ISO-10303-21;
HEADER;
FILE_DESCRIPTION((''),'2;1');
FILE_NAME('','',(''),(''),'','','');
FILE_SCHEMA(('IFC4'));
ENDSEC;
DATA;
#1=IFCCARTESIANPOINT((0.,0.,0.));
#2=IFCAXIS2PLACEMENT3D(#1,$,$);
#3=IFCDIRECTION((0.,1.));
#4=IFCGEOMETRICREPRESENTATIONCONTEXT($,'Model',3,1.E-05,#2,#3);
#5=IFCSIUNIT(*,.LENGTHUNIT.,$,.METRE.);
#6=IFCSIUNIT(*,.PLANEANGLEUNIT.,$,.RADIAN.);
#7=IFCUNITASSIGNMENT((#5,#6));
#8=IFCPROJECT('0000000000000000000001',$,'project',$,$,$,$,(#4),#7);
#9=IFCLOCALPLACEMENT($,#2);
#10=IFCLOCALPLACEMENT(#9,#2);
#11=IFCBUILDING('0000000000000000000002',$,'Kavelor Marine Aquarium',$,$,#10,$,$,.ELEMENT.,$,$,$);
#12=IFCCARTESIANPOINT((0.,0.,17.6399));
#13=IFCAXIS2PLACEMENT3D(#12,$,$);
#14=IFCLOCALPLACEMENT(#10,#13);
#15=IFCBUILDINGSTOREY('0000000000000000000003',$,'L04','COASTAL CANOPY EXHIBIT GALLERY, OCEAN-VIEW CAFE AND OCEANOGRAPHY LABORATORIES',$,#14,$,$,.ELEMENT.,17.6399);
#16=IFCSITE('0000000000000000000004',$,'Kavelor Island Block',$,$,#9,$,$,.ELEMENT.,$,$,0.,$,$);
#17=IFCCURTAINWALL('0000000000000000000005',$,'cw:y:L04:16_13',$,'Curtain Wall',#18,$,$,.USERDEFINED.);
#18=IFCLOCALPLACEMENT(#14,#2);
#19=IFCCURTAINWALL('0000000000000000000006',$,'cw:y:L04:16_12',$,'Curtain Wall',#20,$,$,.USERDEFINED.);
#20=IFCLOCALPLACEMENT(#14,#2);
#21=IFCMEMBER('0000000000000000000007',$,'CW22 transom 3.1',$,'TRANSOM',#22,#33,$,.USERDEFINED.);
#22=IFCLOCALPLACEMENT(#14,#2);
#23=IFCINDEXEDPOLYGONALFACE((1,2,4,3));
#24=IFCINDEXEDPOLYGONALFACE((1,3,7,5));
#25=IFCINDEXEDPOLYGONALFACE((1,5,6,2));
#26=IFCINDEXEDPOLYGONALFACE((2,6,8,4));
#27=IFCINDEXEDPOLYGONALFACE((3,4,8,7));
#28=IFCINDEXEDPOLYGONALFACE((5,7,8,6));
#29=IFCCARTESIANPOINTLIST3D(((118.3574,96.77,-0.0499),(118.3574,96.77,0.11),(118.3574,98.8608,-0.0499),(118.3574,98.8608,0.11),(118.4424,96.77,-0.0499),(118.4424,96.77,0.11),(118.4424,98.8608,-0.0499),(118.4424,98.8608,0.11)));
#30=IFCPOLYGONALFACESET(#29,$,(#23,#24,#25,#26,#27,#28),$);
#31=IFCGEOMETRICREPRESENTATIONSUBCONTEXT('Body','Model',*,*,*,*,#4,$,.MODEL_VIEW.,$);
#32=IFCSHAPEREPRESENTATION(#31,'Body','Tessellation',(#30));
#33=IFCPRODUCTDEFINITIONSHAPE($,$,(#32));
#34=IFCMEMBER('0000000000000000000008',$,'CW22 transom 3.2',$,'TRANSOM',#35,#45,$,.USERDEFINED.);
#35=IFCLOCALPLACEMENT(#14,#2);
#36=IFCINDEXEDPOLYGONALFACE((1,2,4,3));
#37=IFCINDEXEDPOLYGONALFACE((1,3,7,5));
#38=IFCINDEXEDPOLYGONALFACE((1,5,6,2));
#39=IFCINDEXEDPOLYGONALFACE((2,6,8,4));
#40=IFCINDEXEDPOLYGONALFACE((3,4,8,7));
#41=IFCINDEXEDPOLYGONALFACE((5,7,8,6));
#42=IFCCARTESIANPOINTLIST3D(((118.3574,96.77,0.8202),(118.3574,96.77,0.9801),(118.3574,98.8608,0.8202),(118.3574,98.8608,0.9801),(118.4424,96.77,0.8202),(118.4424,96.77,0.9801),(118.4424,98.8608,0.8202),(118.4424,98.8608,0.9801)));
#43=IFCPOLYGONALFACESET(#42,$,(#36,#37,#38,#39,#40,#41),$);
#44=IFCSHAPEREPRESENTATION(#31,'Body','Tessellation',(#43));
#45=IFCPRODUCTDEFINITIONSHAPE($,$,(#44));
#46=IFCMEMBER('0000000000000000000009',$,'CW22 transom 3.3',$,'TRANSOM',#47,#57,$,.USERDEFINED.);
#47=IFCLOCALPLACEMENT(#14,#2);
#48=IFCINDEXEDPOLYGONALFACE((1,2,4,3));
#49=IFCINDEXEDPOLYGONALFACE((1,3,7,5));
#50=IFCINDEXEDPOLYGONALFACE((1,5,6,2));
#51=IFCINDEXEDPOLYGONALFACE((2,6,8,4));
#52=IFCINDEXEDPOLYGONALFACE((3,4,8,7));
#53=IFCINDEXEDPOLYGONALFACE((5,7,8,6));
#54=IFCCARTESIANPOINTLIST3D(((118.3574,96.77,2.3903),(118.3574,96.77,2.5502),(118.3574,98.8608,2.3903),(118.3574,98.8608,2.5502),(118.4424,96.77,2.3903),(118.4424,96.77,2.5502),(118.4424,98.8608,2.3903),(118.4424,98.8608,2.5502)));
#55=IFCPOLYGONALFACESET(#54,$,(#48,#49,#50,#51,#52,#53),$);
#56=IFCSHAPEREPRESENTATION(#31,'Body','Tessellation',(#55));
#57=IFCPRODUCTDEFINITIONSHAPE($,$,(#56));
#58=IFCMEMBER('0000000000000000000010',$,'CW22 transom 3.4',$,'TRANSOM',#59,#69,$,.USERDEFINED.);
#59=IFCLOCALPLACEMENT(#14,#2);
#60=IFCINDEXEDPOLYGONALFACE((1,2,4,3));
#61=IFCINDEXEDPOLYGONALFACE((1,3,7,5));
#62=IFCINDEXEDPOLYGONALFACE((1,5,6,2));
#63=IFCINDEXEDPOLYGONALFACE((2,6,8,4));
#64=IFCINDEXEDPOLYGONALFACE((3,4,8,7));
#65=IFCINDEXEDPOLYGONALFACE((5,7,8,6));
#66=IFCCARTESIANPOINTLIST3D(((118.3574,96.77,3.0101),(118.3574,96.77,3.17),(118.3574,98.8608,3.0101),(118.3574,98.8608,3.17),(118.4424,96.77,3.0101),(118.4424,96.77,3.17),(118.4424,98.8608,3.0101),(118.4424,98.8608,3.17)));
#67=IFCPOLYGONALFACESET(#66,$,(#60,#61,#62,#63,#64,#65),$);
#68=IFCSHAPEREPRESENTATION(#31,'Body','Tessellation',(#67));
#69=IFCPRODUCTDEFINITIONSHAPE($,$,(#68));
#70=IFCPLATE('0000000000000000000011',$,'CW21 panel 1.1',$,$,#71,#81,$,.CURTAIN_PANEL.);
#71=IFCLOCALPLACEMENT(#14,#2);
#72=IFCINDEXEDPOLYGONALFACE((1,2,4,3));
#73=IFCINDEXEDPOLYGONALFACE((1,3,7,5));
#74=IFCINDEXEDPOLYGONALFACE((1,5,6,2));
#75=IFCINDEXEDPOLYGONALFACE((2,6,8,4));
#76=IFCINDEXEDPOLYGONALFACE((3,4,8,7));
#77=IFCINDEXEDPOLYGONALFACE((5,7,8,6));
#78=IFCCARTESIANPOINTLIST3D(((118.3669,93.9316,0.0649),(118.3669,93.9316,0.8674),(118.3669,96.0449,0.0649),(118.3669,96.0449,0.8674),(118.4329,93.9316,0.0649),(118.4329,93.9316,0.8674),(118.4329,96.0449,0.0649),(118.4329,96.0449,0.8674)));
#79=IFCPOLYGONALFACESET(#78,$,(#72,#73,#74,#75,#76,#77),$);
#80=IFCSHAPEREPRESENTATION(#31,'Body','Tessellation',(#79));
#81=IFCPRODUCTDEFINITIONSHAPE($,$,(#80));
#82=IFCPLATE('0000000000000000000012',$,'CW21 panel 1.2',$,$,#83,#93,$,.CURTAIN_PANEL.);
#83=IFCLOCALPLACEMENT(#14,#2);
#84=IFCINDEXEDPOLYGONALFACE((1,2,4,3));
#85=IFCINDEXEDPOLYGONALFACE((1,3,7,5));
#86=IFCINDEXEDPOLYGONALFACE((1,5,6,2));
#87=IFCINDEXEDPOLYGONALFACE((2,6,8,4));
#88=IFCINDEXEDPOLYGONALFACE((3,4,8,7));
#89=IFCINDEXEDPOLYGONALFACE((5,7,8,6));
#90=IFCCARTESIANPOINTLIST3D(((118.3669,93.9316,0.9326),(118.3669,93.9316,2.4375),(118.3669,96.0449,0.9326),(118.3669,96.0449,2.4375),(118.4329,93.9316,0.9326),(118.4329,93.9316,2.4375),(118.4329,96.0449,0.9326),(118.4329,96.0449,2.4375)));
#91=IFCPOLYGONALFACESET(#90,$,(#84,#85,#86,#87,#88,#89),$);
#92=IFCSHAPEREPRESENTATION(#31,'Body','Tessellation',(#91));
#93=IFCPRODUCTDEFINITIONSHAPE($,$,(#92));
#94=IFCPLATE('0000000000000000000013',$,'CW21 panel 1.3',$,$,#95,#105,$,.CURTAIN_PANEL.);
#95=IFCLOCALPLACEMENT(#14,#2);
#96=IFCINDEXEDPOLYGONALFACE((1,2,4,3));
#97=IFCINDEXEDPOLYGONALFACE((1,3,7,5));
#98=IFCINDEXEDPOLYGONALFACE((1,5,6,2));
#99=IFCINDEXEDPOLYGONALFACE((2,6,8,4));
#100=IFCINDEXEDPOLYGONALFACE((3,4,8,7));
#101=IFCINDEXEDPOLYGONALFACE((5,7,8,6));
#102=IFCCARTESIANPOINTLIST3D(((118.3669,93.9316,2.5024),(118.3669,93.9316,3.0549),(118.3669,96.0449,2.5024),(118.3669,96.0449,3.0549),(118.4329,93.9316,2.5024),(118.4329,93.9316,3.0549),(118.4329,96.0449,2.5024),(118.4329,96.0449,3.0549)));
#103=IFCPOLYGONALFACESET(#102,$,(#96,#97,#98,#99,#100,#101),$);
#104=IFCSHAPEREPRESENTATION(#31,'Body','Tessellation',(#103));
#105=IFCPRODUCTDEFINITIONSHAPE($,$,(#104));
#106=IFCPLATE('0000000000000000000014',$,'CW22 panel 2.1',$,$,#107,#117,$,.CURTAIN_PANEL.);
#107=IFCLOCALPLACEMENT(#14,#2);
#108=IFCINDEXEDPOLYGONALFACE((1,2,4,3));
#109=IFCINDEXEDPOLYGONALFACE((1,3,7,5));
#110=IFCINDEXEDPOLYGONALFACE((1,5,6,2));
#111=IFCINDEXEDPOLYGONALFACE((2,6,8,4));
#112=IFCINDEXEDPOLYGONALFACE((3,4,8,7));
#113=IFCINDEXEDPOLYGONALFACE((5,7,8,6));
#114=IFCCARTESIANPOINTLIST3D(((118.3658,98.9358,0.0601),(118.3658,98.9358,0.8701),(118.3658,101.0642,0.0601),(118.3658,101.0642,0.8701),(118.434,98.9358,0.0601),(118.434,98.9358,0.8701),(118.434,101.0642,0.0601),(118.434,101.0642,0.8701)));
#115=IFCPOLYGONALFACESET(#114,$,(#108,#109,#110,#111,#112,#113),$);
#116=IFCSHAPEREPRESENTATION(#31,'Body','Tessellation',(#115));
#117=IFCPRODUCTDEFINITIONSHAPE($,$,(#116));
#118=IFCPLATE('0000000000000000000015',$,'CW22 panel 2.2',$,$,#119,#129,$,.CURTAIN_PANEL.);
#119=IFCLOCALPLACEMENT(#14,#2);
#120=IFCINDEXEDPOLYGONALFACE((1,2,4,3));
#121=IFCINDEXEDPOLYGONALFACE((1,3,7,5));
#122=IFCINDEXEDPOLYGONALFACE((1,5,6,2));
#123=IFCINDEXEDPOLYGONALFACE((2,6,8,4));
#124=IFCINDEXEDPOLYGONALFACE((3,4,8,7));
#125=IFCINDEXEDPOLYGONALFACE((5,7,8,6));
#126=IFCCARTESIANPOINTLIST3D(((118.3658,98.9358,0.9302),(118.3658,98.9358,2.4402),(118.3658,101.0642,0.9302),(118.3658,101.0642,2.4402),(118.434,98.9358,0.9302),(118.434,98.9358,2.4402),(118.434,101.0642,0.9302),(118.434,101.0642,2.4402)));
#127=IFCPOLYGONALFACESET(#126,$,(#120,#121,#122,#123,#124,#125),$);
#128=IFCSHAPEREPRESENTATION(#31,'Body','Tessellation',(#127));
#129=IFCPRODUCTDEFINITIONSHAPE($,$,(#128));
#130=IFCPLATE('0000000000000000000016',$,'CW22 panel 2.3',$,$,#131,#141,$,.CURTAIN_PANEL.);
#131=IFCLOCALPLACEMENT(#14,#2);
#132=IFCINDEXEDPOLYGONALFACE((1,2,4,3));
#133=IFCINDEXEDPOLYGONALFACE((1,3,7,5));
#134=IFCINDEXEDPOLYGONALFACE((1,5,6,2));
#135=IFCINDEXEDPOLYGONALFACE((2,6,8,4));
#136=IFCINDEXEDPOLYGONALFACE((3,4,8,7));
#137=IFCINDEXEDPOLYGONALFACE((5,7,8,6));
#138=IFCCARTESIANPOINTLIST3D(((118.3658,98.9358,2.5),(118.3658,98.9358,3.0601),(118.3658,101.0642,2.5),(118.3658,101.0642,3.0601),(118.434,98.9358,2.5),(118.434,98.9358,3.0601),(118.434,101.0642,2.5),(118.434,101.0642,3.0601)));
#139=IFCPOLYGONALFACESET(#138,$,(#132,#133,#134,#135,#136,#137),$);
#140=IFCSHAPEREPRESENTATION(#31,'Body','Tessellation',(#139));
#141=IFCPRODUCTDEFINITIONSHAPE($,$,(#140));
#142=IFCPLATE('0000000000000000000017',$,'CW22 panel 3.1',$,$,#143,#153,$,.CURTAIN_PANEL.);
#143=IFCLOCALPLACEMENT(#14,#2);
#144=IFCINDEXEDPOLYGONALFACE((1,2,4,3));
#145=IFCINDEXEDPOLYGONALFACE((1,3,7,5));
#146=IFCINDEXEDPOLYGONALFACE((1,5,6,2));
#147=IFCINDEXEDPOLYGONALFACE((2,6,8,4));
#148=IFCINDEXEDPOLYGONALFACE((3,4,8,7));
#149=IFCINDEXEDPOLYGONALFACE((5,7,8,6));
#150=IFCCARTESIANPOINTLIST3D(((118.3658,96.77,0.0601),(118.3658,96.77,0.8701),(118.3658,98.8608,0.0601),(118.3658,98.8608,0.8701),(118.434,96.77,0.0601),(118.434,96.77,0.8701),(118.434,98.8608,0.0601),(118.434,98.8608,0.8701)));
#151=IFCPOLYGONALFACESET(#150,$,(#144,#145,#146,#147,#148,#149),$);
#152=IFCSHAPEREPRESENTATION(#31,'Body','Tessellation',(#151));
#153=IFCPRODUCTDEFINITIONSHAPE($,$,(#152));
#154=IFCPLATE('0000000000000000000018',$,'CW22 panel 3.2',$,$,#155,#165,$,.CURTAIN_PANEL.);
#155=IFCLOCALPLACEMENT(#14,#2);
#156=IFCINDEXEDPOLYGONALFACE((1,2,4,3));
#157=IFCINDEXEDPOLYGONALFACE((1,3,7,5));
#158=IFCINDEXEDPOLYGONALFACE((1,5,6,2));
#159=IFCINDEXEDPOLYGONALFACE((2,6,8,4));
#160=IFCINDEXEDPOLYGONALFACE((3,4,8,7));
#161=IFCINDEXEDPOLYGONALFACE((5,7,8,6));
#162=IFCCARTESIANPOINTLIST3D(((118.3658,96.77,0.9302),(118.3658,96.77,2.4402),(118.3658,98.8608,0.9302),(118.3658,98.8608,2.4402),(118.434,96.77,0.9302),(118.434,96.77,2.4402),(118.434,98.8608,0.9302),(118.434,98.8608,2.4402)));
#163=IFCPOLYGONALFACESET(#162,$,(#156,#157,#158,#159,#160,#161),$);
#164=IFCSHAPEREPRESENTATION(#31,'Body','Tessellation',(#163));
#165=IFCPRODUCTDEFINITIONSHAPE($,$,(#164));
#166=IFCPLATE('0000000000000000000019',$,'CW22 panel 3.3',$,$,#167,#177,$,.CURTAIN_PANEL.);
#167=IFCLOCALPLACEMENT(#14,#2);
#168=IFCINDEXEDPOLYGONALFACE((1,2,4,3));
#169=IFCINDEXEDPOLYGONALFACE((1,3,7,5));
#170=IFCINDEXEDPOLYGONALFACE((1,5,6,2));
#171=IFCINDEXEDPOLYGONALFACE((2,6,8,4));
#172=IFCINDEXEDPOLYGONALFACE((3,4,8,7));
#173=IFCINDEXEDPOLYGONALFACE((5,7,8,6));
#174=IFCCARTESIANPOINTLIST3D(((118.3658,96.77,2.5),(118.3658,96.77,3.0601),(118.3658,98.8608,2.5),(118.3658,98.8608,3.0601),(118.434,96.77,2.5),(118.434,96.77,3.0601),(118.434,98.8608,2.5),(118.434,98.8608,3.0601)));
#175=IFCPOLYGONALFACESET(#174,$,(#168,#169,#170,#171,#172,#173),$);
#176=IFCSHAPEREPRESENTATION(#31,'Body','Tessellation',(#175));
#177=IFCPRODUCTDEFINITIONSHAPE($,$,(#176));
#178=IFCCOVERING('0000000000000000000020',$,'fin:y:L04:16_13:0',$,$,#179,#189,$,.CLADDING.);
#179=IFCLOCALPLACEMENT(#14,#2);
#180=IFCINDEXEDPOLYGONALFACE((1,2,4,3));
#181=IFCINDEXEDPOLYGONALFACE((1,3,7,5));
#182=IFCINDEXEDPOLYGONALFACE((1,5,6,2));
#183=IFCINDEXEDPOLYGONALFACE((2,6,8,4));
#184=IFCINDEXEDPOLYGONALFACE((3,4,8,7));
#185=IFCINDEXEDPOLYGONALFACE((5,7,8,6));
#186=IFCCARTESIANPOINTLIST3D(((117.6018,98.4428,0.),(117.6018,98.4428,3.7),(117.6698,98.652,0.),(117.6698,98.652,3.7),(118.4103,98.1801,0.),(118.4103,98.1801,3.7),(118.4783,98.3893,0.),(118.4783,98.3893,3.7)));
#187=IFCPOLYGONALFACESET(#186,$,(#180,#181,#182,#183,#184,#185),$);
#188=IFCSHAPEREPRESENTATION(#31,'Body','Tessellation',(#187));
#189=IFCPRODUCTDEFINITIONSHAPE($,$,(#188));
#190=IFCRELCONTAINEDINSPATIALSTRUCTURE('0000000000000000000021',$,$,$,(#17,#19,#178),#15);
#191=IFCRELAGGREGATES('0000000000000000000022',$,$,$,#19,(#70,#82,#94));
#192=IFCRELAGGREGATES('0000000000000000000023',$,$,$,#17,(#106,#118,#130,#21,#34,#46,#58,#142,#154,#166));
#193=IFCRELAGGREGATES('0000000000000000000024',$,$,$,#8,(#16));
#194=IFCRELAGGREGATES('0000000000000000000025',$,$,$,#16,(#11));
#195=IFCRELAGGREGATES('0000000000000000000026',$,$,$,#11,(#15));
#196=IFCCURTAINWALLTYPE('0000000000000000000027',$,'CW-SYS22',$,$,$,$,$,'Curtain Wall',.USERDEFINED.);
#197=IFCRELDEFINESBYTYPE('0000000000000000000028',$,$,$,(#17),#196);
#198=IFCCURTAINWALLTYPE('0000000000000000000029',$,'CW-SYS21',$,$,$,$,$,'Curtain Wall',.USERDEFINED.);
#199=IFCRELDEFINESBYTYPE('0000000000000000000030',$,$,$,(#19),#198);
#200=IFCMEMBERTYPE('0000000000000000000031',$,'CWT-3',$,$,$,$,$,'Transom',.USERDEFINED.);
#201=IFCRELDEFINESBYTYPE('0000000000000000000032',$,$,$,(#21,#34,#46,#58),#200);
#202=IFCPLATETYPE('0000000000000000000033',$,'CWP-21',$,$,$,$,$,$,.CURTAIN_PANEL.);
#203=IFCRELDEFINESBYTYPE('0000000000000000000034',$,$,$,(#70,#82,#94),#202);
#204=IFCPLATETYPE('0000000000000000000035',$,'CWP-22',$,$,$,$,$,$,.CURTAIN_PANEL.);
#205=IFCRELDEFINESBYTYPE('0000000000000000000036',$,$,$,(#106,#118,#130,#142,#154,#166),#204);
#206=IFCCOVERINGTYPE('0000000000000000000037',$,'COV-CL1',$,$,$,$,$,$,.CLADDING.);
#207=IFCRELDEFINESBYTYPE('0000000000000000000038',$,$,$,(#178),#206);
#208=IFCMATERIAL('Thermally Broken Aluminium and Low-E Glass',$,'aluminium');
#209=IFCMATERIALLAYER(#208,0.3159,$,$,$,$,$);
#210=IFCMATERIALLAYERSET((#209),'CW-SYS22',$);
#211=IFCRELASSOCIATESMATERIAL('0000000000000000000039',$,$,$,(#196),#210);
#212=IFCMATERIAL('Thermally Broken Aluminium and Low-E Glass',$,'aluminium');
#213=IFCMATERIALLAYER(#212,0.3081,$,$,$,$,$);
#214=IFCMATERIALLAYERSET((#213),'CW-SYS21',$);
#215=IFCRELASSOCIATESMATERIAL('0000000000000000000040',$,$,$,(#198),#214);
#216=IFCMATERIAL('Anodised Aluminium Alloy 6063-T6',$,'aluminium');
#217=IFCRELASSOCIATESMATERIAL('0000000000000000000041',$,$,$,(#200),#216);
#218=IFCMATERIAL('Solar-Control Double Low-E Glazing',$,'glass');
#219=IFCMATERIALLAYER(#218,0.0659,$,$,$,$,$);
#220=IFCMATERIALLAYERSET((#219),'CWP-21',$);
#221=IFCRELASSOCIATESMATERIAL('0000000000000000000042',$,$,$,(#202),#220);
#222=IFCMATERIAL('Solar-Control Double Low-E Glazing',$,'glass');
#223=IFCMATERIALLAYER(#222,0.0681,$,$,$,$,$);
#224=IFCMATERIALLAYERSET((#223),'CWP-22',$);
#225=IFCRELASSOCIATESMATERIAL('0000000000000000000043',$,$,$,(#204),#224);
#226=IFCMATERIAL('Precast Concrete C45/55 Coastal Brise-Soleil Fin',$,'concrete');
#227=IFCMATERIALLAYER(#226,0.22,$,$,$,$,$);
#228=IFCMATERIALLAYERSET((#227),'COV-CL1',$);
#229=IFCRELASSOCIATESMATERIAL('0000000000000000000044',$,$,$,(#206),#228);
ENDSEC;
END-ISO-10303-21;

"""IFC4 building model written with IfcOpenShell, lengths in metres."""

from ifc_helpers import new_model, si_unit, direction, frame, origin, origin_2d, place, context, subcontext, project, spatial, rectangle, extrude, material, layer, layer_set, material_profile, profile_set, type_object, element, aggregate, save


model = new_model("IFC4")

# Units and contexts
model_context = context("Model", 3, precision=1e-05, world=origin(), true_north=direction((0.0, 1.0)))
body_context = subcontext(model_context, "Body", "Model", "MODEL_VIEW")
ifc_project = project(units=[si_unit("LENGTHUNIT", "METRE"), si_unit("PLANEANGLEUNIT", "RADIAN")], contexts=[model_context])

# Site, building, storey
site_placement = place(None, origin())
site = spatial("IfcSite", under=ifc_project, at=site_placement, Name="Kavelor Island Block", CompositionType="ELEMENT", RefElevation=0.0)
building_placement = place(site_placement, origin())
building = spatial("IfcBuilding", under=site, at=building_placement, Name="Kavelor Marine Aquarium", CompositionType="ELEMENT")
storey_placement = place(building_placement, frame((0.0, 0.0, 17.6399)))
storey = spatial("IfcBuildingStorey", under=building, at=storey_placement, Name="L04", Description="COASTAL CANOPY EXHIBIT GALLERY, OCEAN-VIEW CAFE AND OCEANOGRAPHY LABORATORIES", CompositionType="ELEMENT", Elevation=17.6399)

# Curtain walls
ifc_material_1 = material(Name="Thermally Broken Aluminium and Low-E Glass", Category="aluminium")
ifc_layer_1 = layer(ifc_material_1, 0.3159)
ifc_layer_set_1 = layer_set([ifc_layer_1], Name="CW-SYS22")
curtain_wall_type_1 = type_object("IfcCurtainWallType", Name="CW-SYS22", ElementType="Curtain Wall", PredefinedType="USERDEFINED", material=ifc_layer_set_1)
curtain_wall_1_placement = place(storey_placement, origin())
curtain_wall_1 = element("IfcCurtainWall", 1, at=curtain_wall_1_placement, inside=storey, type_object=curtain_wall_type_1, Name="cw:y:L04:16_13", ObjectType="Curtain Wall", PredefinedType="USERDEFINED")
ifc_material_2 = material(Name="Thermally Broken Aluminium and Low-E Glass", Category="aluminium")
ifc_layer_2 = layer(ifc_material_2, 0.3081)
ifc_layer_set_2 = layer_set([ifc_layer_2], Name="CW-SYS21")
curtain_wall_type_2 = type_object("IfcCurtainWallType", Name="CW-SYS21", ElementType="Curtain Wall", PredefinedType="USERDEFINED", material=ifc_layer_set_2)
curtain_wall_2_placement = place(storey_placement, origin())
curtain_wall_2 = element("IfcCurtainWall", 2, at=curtain_wall_2_placement, inside=storey, type_object=curtain_wall_type_2, Name="cw:y:L04:16_12", ObjectType="Curtain Wall", PredefinedType="USERDEFINED")

# Members
ifc_material_3 = material(Name="Anodised Aluminium Alloy 6063-T6", Category="aluminium")
ifc_material_profile_1 = material_profile(ifc_material_3, rectangle(XDim=0.085, YDim=0.1599, at=origin_2d()), Name="CW-TRN 85x160")
ifc_profile_set_1 = profile_set([ifc_material_profile_1], Name="Anodised Aluminium Alloy 6063-T6")
member_type_1 = type_object("IfcMemberType", Name="CWT-3", ElementType="Transom", PredefinedType="USERDEFINED", material=ifc_profile_set_1)
member_1_placement = place(storey_placement, frame((118.3999, 98.8608, 0.03), z_axis=(0.0, -1.0, 0.0), x_axis=(1.0, 0.0, 0.0)))
member_1 = element("IfcMember", 3, at=member_1_placement, type_object=member_type_1, Name="CW22 transom 3.1", ObjectType="TRANSOM", PredefinedType="USERDEFINED", context=body_context, shape_type="SweptSolid", body=[
    extrude(rectangle(XDim=0.085, YDim=0.1599, at=origin_2d()), origin(), (0.0, 0.0, 1.0), 2.0908),
])
member_2_placement = place(storey_placement, frame((118.3999, 98.8608, 0.9001), z_axis=(0.0, -1.0, 0.0), x_axis=(1.0, 0.0, 0.0)))
member_2 = element("IfcMember", 4, at=member_2_placement, type_object=member_type_1, Name="CW22 transom 3.2", ObjectType="TRANSOM", PredefinedType="USERDEFINED", context=body_context, shape_type="SweptSolid", body=[
    extrude(rectangle(XDim=0.085, YDim=0.1599, at=origin_2d()), origin(), (0.0, 0.0, 1.0), 2.0908),
])
member_3_placement = place(storey_placement, frame((118.3999, 98.8608, 2.4702), z_axis=(0.0, -1.0, 0.0), x_axis=(1.0, 0.0, 0.0)))
member_3 = element("IfcMember", 5, at=member_3_placement, type_object=member_type_1, Name="CW22 transom 3.3", ObjectType="TRANSOM", PredefinedType="USERDEFINED", context=body_context, shape_type="SweptSolid", body=[
    extrude(rectangle(XDim=0.085, YDim=0.1599, at=origin_2d()), origin(), (0.0, 0.0, 1.0), 2.0908),
])
member_4_placement = place(storey_placement, frame((118.3999, 98.8608, 3.0901), z_axis=(0.0, -1.0, 0.0), x_axis=(1.0, 0.0, 0.0)))
member_4 = element("IfcMember", 6, at=member_4_placement, type_object=member_type_1, Name="CW22 transom 3.4", ObjectType="TRANSOM", PredefinedType="USERDEFINED", context=body_context, shape_type="SweptSolid", body=[
    extrude(rectangle(XDim=0.085, YDim=0.1599, at=origin_2d()), origin(), (0.0, 0.0, 1.0), 2.0908),
])

# Plates
ifc_material_4 = material(Name="Solar-Control Double Low-E Glazing", Category="glass")
ifc_layer_3 = layer(ifc_material_4, 0.0659)
ifc_layer_set_3 = layer_set([ifc_layer_3], Name="CWP-21")
plate_type_1 = type_object("IfcPlateType", Name="CWP-21", PredefinedType="CURTAIN_PANEL", material=ifc_layer_set_3)
plate_1_placement = place(storey_placement, frame((118.3999, 94.9883, 0.0649), z_axis=(0.0, 0.0, 1.0), x_axis=(0.0, -1.0, 0.0)))
plate_1 = element("IfcPlate", 7, at=plate_1_placement, type_object=plate_type_1, Name="CW21 panel 1.1", PredefinedType="CURTAIN_PANEL", context=body_context, shape_type="SweptSolid", body=[
    extrude(rectangle(XDim=2.1133, YDim=0.0659, at=origin_2d()), origin(), (0.0, 0.0, 1.0), 0.8025),
])
plate_2_placement = place(storey_placement, frame((118.3999, 94.9883, 0.9326), z_axis=(0.0, 0.0, 1.0), x_axis=(0.0, -1.0, 0.0)))
plate_2 = element("IfcPlate", 8, at=plate_2_placement, type_object=plate_type_1, Name="CW21 panel 1.2", PredefinedType="CURTAIN_PANEL", context=body_context, shape_type="SweptSolid", body=[
    extrude(rectangle(XDim=2.1133, YDim=0.0659, at=origin_2d()), origin(), (0.0, 0.0, 1.0), 1.5049),
])
plate_3_placement = place(storey_placement, frame((118.3999, 94.9883, 2.5024), z_axis=(0.0, 0.0, 1.0), x_axis=(0.0, -1.0, 0.0)))
plate_3 = element("IfcPlate", 9, at=plate_3_placement, type_object=plate_type_1, Name="CW21 panel 1.3", PredefinedType="CURTAIN_PANEL", context=body_context, shape_type="SweptSolid", body=[
    extrude(rectangle(XDim=2.1133, YDim=0.0659, at=origin_2d()), origin(), (0.0, 0.0, 1.0), 0.5525),
])
aggregate(curtain_wall_2, [plate_1, plate_2, plate_3])
ifc_material_5 = material(Name="Solar-Control Double Low-E Glazing", Category="glass")
ifc_layer_4 = layer(ifc_material_5, 0.0681)
ifc_layer_set_4 = layer_set([ifc_layer_4], Name="CWP-22")
plate_type_2 = type_object("IfcPlateType", Name="CWP-22", PredefinedType="CURTAIN_PANEL", material=ifc_layer_set_4)
plate_4_placement = place(storey_placement, frame((118.3999, 100.0, 0.0601), z_axis=(0.0, 0.0, 1.0), x_axis=(0.0, -1.0, 0.0)))
plate_4 = element("IfcPlate", 10, at=plate_4_placement, type_object=plate_type_2, Name="CW22 panel 2.1", PredefinedType="CURTAIN_PANEL", context=body_context, shape_type="SweptSolid", body=[
    extrude(rectangle(XDim=2.1284, YDim=0.0681, at=origin_2d()), origin(), (0.0, 0.0, 1.0), 0.8101),
])
plate_5_placement = place(storey_placement, frame((118.3999, 100.0, 0.9302), z_axis=(0.0, 0.0, 1.0), x_axis=(0.0, -1.0, 0.0)))
plate_5 = element("IfcPlate", 11, at=plate_5_placement, type_object=plate_type_2, Name="CW22 panel 2.2", PredefinedType="CURTAIN_PANEL", context=body_context, shape_type="SweptSolid", body=[
    extrude(rectangle(XDim=2.1284, YDim=0.0681, at=origin_2d()), origin(), (0.0, 0.0, 1.0), 1.51),
])
plate_6_placement = place(storey_placement, frame((118.3999, 100.0, 2.5), z_axis=(0.0, 0.0, 1.0), x_axis=(0.0, -1.0, 0.0)))
plate_6 = element("IfcPlate", 12, at=plate_6_placement, type_object=plate_type_2, Name="CW22 panel 2.3", PredefinedType="CURTAIN_PANEL", context=body_context, shape_type="SweptSolid", body=[
    extrude(rectangle(XDim=2.1284, YDim=0.0681, at=origin_2d()), origin(), (0.0, 0.0, 1.0), 0.5601),
])
plate_7_placement = place(storey_placement, frame((118.3999, 97.8154, 0.0601), z_axis=(0.0, 0.0, 1.0), x_axis=(0.0, -1.0, 0.0)))
plate_7 = element("IfcPlate", 13, at=plate_7_placement, type_object=plate_type_2, Name="CW22 panel 3.1", PredefinedType="CURTAIN_PANEL", context=body_context, shape_type="SweptSolid", body=[
    extrude(rectangle(XDim=2.0908, YDim=0.0681, at=origin_2d()), origin(), (0.0, 0.0, 1.0), 0.8101),
])
plate_8_placement = place(storey_placement, frame((118.3999, 97.8154, 0.9302), z_axis=(0.0, 0.0, 1.0), x_axis=(0.0, -1.0, 0.0)))
plate_8 = element("IfcPlate", 14, at=plate_8_placement, type_object=plate_type_2, Name="CW22 panel 3.2", PredefinedType="CURTAIN_PANEL", context=body_context, shape_type="SweptSolid", body=[
    extrude(rectangle(XDim=2.0908, YDim=0.0681, at=origin_2d()), origin(), (0.0, 0.0, 1.0), 1.51),
])
plate_9_placement = place(storey_placement, frame((118.3999, 97.8154, 2.5), z_axis=(0.0, 0.0, 1.0), x_axis=(0.0, -1.0, 0.0)))
plate_9 = element("IfcPlate", 15, at=plate_9_placement, type_object=plate_type_2, Name="CW22 panel 3.3", PredefinedType="CURTAIN_PANEL", context=body_context, shape_type="SweptSolid", body=[
    extrude(rectangle(XDim=2.0908, YDim=0.0681, at=origin_2d()), origin(), (0.0, 0.0, 1.0), 0.5601),
])
aggregate(curtain_wall_1, [plate_4, plate_5, plate_6, member_1, member_2, member_3, member_4, plate_7, plate_8, plate_9])

# Covering
ifc_material_6 = material(Name="Precast Concrete C45/55 Coastal Brise-Soleil Fin", Category="concrete")
ifc_layer_5 = layer(ifc_material_6, 0.22)
ifc_layer_set_5 = layer_set([ifc_layer_5], Name="COV-CL1")
covering_type = type_object("IfcCoveringType", Name="COV-CL1", PredefinedType="CLADDING", material=ifc_layer_set_5)
for number, where, z_axis, x_axis, name in (
    (16, (118.04, 98.416, 0.0), (0.0, 0.0, 1.0), (0.951057, -0.309017, 0.0), "fin:y:L04:16_13:0"),
):
    element("IfcCovering", number, at=place(storey_placement, frame(where, z_axis=z_axis, x_axis=x_axis)), inside=storey, type_object=covering_type, Name=name, PredefinedType="CLADDING", context=body_context, shape_type="SweptSolid", body=[
        extrude(rectangle(XDim=0.8501, YDim=0.22, at=origin_2d()), origin(), (0.0, 0.0, 1.0), 3.7),
    ])

save(model, "model.ifc")
